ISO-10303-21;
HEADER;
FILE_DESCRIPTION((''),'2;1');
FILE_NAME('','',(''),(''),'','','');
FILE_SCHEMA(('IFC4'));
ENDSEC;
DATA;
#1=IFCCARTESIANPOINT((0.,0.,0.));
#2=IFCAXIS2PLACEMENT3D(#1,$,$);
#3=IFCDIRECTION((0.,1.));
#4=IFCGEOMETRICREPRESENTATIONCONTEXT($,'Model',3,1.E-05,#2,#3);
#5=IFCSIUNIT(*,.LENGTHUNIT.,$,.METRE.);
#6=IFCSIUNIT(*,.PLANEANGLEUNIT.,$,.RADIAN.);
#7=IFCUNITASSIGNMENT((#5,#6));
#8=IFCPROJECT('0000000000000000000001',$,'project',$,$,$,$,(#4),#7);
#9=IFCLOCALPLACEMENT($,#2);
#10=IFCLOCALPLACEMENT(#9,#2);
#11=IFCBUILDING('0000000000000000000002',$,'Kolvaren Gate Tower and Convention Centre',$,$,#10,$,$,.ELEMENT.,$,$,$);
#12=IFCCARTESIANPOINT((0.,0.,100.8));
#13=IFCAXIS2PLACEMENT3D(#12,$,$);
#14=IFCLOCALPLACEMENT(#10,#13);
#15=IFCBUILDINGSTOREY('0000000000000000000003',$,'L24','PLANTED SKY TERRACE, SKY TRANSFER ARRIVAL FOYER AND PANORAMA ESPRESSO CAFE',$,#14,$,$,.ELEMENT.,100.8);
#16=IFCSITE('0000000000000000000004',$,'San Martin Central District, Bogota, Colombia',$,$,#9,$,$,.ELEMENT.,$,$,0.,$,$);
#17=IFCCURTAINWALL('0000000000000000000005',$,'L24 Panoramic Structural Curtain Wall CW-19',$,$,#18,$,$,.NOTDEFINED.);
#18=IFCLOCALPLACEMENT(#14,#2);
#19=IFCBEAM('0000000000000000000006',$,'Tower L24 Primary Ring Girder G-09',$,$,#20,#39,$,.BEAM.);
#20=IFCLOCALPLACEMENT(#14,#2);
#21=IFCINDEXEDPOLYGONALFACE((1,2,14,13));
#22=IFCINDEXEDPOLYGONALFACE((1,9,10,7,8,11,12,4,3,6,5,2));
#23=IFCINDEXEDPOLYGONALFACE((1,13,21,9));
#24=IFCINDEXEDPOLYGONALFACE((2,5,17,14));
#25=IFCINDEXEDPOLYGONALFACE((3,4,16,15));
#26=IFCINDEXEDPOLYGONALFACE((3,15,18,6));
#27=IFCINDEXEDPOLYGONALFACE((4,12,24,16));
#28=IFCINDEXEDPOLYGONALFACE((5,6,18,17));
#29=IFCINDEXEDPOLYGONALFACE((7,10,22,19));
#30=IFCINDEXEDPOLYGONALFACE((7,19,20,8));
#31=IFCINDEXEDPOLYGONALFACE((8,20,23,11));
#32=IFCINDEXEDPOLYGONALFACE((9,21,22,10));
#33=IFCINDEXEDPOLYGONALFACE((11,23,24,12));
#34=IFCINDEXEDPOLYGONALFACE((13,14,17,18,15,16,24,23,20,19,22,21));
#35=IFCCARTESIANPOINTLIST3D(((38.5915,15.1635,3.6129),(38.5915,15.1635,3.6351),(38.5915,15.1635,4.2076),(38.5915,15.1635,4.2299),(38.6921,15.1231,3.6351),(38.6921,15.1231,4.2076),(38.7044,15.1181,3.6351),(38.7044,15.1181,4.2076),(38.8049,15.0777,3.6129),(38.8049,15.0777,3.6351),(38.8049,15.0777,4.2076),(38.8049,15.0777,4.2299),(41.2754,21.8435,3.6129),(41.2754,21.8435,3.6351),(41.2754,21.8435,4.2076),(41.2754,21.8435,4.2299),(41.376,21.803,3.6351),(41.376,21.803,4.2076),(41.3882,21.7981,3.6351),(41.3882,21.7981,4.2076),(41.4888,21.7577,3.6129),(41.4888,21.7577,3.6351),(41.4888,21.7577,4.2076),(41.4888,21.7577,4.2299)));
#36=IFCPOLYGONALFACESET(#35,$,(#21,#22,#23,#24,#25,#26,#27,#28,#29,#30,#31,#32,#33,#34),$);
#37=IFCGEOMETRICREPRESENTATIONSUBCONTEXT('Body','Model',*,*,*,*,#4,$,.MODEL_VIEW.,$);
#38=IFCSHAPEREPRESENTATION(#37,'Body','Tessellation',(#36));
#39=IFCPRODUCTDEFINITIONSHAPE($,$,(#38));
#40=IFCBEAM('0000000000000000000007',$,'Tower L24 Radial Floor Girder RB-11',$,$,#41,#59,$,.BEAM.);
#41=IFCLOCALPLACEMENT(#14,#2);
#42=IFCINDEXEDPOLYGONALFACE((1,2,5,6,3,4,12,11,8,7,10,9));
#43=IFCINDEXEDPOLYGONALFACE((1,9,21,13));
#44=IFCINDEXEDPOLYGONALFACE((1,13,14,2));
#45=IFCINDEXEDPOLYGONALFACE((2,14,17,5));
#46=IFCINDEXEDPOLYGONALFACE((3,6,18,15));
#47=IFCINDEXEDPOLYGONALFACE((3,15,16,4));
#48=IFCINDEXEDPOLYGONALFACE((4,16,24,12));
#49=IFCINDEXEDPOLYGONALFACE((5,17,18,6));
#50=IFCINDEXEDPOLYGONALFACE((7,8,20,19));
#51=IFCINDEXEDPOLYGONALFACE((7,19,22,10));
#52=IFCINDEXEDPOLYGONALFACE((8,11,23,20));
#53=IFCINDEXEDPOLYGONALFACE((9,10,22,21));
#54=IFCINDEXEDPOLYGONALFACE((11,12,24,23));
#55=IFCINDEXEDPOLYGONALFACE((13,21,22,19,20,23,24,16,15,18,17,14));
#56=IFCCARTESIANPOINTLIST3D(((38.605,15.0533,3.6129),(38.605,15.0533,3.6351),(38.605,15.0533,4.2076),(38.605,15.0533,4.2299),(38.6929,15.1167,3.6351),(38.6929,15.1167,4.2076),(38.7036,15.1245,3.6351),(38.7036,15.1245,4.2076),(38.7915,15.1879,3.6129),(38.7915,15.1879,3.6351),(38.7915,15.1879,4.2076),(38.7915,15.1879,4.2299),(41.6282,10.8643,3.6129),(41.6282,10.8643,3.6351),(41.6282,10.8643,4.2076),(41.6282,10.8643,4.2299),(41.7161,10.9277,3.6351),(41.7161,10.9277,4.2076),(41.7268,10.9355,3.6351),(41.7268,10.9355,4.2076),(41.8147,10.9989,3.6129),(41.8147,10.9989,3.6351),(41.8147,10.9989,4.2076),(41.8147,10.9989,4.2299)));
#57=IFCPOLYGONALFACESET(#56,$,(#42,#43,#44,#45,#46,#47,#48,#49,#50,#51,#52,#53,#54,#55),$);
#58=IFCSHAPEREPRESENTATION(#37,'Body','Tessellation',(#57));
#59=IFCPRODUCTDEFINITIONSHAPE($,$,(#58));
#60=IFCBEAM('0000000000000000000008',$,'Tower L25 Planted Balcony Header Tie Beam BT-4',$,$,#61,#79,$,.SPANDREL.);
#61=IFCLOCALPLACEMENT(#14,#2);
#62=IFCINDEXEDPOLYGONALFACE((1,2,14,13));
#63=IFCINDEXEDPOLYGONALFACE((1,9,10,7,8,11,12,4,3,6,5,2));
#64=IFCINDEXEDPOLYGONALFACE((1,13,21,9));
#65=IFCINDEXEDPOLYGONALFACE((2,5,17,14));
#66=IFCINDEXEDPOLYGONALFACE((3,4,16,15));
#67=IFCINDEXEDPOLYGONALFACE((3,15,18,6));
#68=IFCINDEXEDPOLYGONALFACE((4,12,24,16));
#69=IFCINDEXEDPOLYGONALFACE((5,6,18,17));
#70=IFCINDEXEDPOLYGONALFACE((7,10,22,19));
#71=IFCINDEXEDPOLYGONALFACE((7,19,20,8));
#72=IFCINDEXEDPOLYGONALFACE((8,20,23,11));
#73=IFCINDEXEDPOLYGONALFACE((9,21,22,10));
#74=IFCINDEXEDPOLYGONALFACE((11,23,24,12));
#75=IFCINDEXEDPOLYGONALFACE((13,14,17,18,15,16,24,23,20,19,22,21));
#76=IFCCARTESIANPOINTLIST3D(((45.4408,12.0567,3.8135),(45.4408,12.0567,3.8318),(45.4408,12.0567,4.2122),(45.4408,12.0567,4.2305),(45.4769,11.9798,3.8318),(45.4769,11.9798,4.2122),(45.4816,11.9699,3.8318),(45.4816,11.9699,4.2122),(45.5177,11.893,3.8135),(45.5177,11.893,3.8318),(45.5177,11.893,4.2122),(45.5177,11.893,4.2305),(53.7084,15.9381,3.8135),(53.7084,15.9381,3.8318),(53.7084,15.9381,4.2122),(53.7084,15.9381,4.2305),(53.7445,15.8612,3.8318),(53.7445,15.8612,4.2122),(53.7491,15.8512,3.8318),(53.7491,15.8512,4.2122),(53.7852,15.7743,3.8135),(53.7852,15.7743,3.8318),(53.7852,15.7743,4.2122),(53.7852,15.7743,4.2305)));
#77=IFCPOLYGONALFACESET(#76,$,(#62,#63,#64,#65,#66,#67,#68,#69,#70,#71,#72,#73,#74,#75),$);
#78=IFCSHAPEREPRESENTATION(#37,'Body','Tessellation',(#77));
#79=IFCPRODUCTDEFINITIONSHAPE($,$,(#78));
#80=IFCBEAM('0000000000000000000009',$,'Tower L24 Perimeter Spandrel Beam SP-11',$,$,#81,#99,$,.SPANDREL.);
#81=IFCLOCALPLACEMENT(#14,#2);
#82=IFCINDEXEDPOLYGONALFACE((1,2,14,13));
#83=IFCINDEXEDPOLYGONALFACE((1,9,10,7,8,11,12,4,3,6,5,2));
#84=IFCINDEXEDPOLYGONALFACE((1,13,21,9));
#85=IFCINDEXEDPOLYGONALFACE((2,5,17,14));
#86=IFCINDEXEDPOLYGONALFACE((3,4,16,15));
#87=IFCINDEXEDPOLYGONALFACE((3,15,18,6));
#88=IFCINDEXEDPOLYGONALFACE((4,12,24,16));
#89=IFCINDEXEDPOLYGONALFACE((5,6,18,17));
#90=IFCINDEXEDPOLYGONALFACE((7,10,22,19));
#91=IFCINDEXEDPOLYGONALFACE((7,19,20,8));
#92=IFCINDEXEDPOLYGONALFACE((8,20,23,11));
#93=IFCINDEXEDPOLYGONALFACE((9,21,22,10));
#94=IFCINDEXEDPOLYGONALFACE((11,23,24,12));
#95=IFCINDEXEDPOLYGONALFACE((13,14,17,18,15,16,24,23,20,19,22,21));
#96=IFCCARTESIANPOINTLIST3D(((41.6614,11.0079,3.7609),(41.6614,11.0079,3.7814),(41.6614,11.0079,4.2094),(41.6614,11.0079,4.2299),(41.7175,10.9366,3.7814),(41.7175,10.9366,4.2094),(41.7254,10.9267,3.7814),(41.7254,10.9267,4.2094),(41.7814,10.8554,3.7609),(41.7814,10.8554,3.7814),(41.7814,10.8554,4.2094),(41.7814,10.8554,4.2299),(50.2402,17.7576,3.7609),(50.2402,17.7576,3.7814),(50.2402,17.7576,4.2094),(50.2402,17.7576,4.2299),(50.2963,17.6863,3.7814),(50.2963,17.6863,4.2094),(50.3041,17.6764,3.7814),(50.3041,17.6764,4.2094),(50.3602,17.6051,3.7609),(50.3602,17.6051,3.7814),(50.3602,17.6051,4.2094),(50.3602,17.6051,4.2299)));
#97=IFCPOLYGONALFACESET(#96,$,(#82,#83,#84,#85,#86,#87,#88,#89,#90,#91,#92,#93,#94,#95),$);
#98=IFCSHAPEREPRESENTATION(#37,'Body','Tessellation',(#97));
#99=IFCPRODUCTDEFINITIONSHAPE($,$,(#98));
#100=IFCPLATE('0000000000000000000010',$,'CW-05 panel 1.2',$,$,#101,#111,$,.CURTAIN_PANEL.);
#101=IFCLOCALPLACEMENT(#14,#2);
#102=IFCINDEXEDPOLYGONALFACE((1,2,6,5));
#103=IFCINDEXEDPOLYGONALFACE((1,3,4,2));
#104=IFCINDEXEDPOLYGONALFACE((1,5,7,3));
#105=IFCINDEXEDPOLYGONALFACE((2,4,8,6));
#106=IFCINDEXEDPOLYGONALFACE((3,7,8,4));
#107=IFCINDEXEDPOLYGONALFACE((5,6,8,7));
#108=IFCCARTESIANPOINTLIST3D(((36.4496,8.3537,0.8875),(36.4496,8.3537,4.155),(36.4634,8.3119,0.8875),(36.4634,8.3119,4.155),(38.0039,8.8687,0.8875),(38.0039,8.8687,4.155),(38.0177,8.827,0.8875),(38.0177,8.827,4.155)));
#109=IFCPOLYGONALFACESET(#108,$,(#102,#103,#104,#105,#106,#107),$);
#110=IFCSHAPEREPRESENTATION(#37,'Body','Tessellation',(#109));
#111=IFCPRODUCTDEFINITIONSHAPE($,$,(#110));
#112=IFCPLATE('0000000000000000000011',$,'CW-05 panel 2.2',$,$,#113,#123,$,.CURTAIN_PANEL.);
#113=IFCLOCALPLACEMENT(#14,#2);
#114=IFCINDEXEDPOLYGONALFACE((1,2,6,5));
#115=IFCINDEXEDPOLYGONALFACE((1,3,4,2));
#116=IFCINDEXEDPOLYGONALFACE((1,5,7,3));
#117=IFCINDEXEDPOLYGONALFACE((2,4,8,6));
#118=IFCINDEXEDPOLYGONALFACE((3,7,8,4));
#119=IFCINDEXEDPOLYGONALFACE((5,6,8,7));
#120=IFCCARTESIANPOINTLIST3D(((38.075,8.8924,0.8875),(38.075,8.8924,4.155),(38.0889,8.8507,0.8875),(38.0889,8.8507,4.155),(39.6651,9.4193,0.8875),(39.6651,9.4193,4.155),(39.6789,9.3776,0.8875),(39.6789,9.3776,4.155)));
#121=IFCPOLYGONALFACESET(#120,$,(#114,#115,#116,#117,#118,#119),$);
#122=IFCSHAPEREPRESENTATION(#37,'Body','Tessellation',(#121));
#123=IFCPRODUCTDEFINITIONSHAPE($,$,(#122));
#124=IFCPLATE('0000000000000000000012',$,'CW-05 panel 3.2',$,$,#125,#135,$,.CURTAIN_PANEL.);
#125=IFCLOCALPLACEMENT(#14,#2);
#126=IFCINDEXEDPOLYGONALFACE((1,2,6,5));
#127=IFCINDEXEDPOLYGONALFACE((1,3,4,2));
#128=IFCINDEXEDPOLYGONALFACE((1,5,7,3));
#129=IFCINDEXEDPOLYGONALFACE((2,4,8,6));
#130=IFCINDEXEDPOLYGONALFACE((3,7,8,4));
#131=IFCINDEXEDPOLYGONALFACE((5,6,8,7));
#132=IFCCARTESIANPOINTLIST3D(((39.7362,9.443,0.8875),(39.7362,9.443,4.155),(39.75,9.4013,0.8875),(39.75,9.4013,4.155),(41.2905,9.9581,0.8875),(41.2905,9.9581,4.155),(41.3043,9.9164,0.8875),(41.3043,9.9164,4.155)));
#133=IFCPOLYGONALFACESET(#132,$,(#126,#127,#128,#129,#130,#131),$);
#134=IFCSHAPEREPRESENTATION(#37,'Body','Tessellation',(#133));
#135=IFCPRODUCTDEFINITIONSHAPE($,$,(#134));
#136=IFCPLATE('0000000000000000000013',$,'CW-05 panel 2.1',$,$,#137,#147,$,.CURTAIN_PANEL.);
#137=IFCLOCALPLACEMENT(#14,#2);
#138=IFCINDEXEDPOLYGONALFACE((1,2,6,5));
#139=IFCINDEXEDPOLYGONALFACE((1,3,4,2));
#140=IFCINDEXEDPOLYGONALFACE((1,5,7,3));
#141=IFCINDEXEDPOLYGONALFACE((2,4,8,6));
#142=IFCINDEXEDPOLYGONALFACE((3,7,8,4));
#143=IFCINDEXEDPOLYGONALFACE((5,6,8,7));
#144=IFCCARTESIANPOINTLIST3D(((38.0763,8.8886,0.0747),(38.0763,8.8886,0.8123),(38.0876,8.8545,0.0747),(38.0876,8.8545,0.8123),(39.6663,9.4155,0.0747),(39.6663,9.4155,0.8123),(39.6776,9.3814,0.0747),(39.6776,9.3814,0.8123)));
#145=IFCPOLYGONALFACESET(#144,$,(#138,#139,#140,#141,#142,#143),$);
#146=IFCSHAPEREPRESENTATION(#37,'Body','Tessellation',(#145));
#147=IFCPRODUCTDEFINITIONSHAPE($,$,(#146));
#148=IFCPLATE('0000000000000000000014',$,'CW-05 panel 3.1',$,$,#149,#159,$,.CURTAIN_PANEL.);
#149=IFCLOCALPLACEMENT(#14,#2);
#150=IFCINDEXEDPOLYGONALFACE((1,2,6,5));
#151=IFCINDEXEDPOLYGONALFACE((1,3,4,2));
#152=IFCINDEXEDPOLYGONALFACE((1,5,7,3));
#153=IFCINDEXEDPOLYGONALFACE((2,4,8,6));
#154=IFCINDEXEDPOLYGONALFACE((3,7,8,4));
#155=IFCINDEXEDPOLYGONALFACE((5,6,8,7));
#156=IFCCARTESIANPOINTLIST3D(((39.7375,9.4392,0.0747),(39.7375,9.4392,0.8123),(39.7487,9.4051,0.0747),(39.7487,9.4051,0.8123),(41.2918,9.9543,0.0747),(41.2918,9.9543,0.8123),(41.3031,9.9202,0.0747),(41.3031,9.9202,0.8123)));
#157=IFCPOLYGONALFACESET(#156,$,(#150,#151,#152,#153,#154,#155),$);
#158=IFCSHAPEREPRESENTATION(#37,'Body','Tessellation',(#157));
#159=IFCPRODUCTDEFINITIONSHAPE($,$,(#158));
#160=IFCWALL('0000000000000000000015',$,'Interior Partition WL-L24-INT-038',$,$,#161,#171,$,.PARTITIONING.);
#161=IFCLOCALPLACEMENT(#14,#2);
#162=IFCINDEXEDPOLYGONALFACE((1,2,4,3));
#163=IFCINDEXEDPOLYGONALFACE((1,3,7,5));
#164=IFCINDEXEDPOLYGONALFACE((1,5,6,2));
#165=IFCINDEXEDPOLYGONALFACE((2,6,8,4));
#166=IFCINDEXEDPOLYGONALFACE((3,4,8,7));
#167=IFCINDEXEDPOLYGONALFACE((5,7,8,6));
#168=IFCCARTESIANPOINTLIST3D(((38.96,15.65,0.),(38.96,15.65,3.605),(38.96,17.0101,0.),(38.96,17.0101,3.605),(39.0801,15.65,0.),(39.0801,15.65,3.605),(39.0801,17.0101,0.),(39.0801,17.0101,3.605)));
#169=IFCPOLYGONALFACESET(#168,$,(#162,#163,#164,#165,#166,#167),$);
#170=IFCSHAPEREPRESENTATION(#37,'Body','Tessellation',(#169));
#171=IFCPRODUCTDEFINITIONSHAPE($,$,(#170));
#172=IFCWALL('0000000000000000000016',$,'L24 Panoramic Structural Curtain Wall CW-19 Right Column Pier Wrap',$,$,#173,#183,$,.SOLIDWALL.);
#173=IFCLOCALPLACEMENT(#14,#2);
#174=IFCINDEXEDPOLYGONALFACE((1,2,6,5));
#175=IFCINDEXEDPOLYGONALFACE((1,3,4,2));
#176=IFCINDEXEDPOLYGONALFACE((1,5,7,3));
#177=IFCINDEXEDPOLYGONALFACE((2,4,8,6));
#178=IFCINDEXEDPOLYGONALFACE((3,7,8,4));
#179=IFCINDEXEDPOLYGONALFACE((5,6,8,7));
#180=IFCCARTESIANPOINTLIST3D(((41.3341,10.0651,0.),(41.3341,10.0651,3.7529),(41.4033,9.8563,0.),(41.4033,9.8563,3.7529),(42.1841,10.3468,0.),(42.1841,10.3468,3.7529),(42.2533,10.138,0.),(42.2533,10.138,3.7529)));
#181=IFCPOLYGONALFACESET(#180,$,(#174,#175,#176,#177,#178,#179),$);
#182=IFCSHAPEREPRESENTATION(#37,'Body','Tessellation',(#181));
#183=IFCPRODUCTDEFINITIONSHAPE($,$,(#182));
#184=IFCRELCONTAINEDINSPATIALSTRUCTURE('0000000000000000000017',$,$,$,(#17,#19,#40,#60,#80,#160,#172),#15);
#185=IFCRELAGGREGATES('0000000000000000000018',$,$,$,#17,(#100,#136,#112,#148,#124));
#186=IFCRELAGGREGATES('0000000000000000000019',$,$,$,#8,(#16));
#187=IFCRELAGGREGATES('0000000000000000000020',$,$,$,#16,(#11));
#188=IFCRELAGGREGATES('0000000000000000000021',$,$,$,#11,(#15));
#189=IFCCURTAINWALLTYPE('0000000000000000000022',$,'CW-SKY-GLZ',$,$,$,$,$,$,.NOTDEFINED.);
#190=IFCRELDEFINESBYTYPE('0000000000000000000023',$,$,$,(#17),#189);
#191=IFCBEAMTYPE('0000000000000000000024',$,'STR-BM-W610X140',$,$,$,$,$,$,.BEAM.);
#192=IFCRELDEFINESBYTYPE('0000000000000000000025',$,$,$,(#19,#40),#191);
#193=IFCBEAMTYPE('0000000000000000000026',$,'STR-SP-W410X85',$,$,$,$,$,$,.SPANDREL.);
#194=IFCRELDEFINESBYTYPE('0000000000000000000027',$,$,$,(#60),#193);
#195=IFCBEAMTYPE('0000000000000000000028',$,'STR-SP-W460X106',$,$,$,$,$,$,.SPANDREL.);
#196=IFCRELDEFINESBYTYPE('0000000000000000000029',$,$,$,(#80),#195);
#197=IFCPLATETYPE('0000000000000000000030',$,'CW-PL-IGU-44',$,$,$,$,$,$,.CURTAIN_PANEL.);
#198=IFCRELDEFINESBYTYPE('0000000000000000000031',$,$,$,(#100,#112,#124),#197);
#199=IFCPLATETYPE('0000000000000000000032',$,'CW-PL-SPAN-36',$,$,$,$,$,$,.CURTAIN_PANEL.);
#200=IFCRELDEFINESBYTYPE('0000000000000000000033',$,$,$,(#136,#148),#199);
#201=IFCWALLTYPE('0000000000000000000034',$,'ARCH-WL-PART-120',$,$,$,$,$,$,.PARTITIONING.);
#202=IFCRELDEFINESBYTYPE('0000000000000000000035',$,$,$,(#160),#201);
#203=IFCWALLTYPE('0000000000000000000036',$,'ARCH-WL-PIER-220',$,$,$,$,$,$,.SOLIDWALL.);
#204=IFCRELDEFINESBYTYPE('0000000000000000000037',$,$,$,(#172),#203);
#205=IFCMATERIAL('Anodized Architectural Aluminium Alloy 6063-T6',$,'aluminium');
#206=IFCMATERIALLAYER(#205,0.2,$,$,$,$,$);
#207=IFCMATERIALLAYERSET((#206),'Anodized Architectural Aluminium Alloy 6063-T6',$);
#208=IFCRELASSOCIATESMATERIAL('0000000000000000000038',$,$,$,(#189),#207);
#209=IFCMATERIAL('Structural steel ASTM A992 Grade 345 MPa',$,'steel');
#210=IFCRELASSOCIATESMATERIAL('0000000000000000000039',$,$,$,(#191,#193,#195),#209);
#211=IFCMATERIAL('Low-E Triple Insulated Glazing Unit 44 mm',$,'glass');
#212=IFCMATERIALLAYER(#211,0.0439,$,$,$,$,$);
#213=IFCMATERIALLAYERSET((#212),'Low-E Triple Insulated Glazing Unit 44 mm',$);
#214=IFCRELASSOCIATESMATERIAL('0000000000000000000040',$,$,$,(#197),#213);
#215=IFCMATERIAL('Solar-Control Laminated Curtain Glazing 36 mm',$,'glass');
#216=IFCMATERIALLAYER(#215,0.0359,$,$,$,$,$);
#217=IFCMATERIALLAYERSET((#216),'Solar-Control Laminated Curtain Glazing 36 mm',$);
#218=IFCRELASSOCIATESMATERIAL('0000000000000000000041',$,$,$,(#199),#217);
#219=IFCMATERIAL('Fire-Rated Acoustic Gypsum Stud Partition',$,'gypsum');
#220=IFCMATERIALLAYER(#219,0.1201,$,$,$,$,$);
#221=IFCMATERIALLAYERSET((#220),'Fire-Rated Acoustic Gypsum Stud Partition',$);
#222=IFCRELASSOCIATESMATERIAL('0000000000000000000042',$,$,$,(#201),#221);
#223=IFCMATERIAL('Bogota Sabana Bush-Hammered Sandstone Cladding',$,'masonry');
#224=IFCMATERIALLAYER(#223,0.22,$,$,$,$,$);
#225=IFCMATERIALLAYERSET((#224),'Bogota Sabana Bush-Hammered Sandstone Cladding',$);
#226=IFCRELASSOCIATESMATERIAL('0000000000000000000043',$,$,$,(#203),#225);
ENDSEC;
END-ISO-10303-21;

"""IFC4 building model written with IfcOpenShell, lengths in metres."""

from ifc_helpers import new_model, si_unit, direction, frame, frame_2d, origin, origin_2d, place, context, subcontext, project, spatial, rectangle, i_section, extrude, material, layer, layer_set, material_profile, profile_set, type_object, element, aggregate, save


model = new_model("IFC4")

# Units and contexts
model_context = context("Model", 3, precision=1e-05, world=origin(), true_north=direction((0.0, 1.0)))
body_context = subcontext(model_context, "Body", "Model", "MODEL_VIEW")
ifc_project = project(units=[si_unit("LENGTHUNIT", "METRE"), si_unit("PLANEANGLEUNIT", "RADIAN")], contexts=[model_context])

# Site, building, storey
site_placement = place(None, origin())
site = spatial("IfcSite", under=ifc_project, at=site_placement, Name="San Martin Central District, Bogota, Colombia", CompositionType="ELEMENT", RefElevation=0.0)
building_placement = place(site_placement, origin())
building = spatial("IfcBuilding", under=site, at=building_placement, Name="Kolvaren Gate Tower and Convention Centre", CompositionType="ELEMENT")
storey_placement = place(building_placement, frame((0.0, 0.0, 100.8)))
storey = spatial("IfcBuildingStorey", under=building, at=storey_placement, Name="L24", Description="PLANTED SKY TERRACE, SKY TRANSFER ARRIVAL FOYER AND PANORAMA ESPRESSO CAFE", CompositionType="ELEMENT", Elevation=100.8)

# Curtain wall
ifc_material_1 = material(Name="Anodized Architectural Aluminium Alloy 6063-T6", Category="aluminium")
ifc_layer_1 = layer(ifc_material_1, 0.2)
ifc_layer_set_1 = layer_set([ifc_layer_1], Name="Anodized Architectural Aluminium Alloy 6063-T6")
curtain_wall_type = type_object("IfcCurtainWallType", Name="CW-SKY-GLZ", PredefinedType="NOTDEFINED", material=ifc_layer_set_1)
curtain_wall_placement = place(storey_placement, origin())
curtain_wall = element("IfcCurtainWall", 1, at=curtain_wall_placement, inside=storey, type_object=curtain_wall_type, Name="L24 Panoramic Structural Curtain Wall CW-19", PredefinedType="NOTDEFINED")

# Beams
ifc_material_2 = material(Name="Structural steel ASTM A992 Grade 345 MPa", Category="steel")
ifc_material_profile_1 = material_profile(ifc_material_2, i_section(OverallWidth=0.23, OverallDepth=0.6169, WebThickness=0.0132, FlangeThickness=0.0222, at=origin_2d()), Name="W610X140")
ifc_profile_set_1 = profile_set([ifc_material_profile_1], Name="Structural steel ASTM A992 Grade 345 MPa")
beam_type_1 = type_object("IfcBeamType", Name="STR-BM-W610X140", PredefinedType="BEAM", material=ifc_profile_set_1)
beam_1_placement = place(storey_placement, frame((38.6982, 15.1206, 3.9214), z_axis=(0.372811, 0.927907, 0.0), x_axis=(-0.927907, 0.372811, 0.0)))
element("IfcBeam", 2, at=beam_1_placement, inside=storey, type_object=beam_type_1, Name="Tower L24 Primary Ring Girder G-09", PredefinedType="BEAM", context=body_context, shape_type="SweptSolid", body=[
    extrude(i_section(OverallWidth=0.23, OverallDepth=0.6169, WebThickness=0.0132, FlangeThickness=0.0222, at=origin_2d()), origin(), (0.0, 0.0, 1.0), 7.199),
])
beam_2_placement = place(storey_placement, frame((38.6982, 15.1206, 3.9214), z_axis=(0.585214, -0.810879, 0.0), x_axis=(0.810879, 0.585214, 0.0)))
element("IfcBeam", 3, at=beam_2_placement, inside=storey, type_object=beam_type_1, Name="Tower L24 Radial Floor Girder RB-11", PredefinedType="BEAM", context=body_context, shape_type="SweptSolid", body=[
    extrude(i_section(OverallWidth=0.23, OverallDepth=0.6169, WebThickness=0.0132, FlangeThickness=0.0222, at=origin_2d()), origin(), (0.0, 0.0, 1.0), 5.166),
])
ifc_material_profile_2 = material_profile(ifc_material_2, i_section(OverallWidth=0.1809, OverallDepth=0.417, WebThickness=0.011, FlangeThickness=0.0183, at=origin_2d()), Name="W410X85")
ifc_profile_set_2 = profile_set([ifc_material_profile_2], Name="Structural steel ASTM A992 Grade 345 MPa")
beam_type_2 = type_object("IfcBeamType", Name="STR-SP-W410X85", PredefinedType="SPANDREL", material=ifc_profile_set_2)
beam_3_placement = place(storey_placement, frame((45.4792, 11.9749, 4.022), z_axis=(0.90521, 0.424965, 0.0), x_axis=(-0.424965, 0.90521, 0.0)))
element("IfcBeam", 4, at=beam_3_placement, inside=storey, type_object=beam_type_2, Name="Tower L25 Planted Balcony Header Tie Beam BT-4", PredefinedType="SPANDREL", context=body_context, shape_type="SweptSolid", body=[
    extrude(i_section(OverallWidth=0.1809, OverallDepth=0.417, WebThickness=0.011, FlangeThickness=0.0183, at=origin_2d()), origin(), (0.0, 0.0, 1.0), 9.1333),
])
ifc_material_profile_3 = material_profile(ifc_material_2, i_section(OverallWidth=0.1941, OverallDepth=0.469, WebThickness=0.0127, FlangeThickness=0.0205, at=origin_2d()), Name="W460X106")
ifc_profile_set_3 = profile_set([ifc_material_profile_3], Name="Structural steel ASTM A992 Grade 345 MPa")
beam_type_3 = type_object("IfcBeamType", Name="STR-SP-W460X106", PredefinedType="SPANDREL", material=ifc_profile_set_3)
beam_4_placement = place(storey_placement, frame((41.7214, 10.9316, 3.9954), z_axis=(0.785908, 0.618344, 0.0), x_axis=(-0.618344, 0.785908, 0.0)))
element("IfcBeam", 5, at=beam_4_placement, inside=storey, type_object=beam_type_3, Name="Tower L24 Perimeter Spandrel Beam SP-11", PredefinedType="SPANDREL", context=body_context, shape_type="SweptSolid", body=[
    extrude(i_section(OverallWidth=0.1941, OverallDepth=0.469, WebThickness=0.0127, FlangeThickness=0.0205, at=origin_2d()), origin(), (0.0, 0.0, 1.0), 10.9158),
])

# Plates
ifc_material_3 = material(Name="Low-E Triple Insulated Glazing Unit 44 mm", Category="glass")
ifc_layer_2 = layer(ifc_material_3, 0.0439)
ifc_layer_set_2 = layer_set([ifc_layer_2], Name="Low-E Triple Insulated Glazing Unit 44 mm")
plate_type_1 = type_object("IfcPlateType", Name="CW-PL-IGU-44", PredefinedType="CURTAIN_PANEL", material=ifc_layer_set_2)
plate_1_placement = place(storey_placement, frame((37.2336, 8.5903, 0.8875), z_axis=(0.0, 0.0, 1.0), x_axis=(0.94924, 0.314553, 0.0)))
plate_1 = element("IfcPlate", 6, at=plate_1_placement, type_object=plate_type_1, Name="CW-05 panel 1.2", PredefinedType="CURTAIN_PANEL", context=body_context, shape_type="SweptSolid", body=[
    extrude(rectangle(XDim=1.6375, YDim=0.0439, at=origin_2d()), origin(), (0.0, 0.0, 1.0), 3.2676),
])
plate_2_placement = place(storey_placement, frame((38.877, 9.135, 0.8875), z_axis=(0.0, 0.0, 1.0), x_axis=(0.94924, 0.314553, 0.0)))
plate_2 = element("IfcPlate", 7, at=plate_2_placement, type_object=plate_type_1, Name="CW-05 panel 2.2", PredefinedType="CURTAIN_PANEL", context=body_context, shape_type="SweptSolid", body=[
    extrude(rectangle(XDim=1.675, YDim=0.0439, at=origin_2d()), origin(), (0.0, 0.0, 1.0), 3.2676),
])
plate_3_placement = place(storey_placement, frame((40.5203, 9.6797, 0.8875), z_axis=(0.0, 0.0, 1.0), x_axis=(0.94924, 0.314553, 0.0)))
plate_3 = element("IfcPlate", 8, at=plate_3_placement, type_object=plate_type_1, Name="CW-05 panel 3.2", PredefinedType="CURTAIN_PANEL", context=body_context, shape_type="SweptSolid", body=[
    extrude(rectangle(XDim=1.6375, YDim=0.0439, at=origin_2d()), origin(), (0.0, 0.0, 1.0), 3.2676),
])
ifc_material_4 = material(Name="Solar-Control Laminated Curtain Glazing 36 mm", Category="glass")
ifc_layer_3 = layer(ifc_material_4, 0.0359)
ifc_layer_set_3 = layer_set([ifc_layer_3], Name="Solar-Control Laminated Curtain Glazing 36 mm")
plate_type_2 = type_object("IfcPlateType", Name="CW-PL-SPAN-36", PredefinedType="CURTAIN_PANEL", material=ifc_layer_set_3)
plate_4_placement = place(storey_placement, frame((38.877, 9.135, 0.0747), z_axis=(0.0, 0.0, 1.0), x_axis=(0.94924, 0.314553, 0.0)))
plate_4 = element("IfcPlate", 9, at=plate_4_placement, type_object=plate_type_2, Name="CW-05 panel 2.1", PredefinedType="CURTAIN_PANEL", context=body_context, shape_type="SweptSolid", body=[
    extrude(rectangle(XDim=1.675, YDim=0.0359, at=origin_2d()), origin(), (0.0, 0.0, 1.0), 0.7375),
])
plate_5_placement = place(storey_placement, frame((40.5203, 9.6797, 0.0747), z_axis=(0.0, 0.0, 1.0), x_axis=(0.94924, 0.314553, 0.0)))
plate_5 = element("IfcPlate", 10, at=plate_5_placement, type_object=plate_type_2, Name="CW-05 panel 3.1", PredefinedType="CURTAIN_PANEL", context=body_context, shape_type="SweptSolid", body=[
    extrude(rectangle(XDim=1.6375, YDim=0.0359, at=origin_2d()), origin(), (0.0, 0.0, 1.0), 0.7375),
])
aggregate(curtain_wall, [plate_1, plate_4, plate_2, plate_5, plate_3])

# Walls
ifc_material_5 = material(Name="Fire-Rated Acoustic Gypsum Stud Partition", Category="gypsum")
ifc_layer_4 = layer(ifc_material_5, 0.1201)
ifc_layer_set_4 = layer_set([ifc_layer_4], Name="Fire-Rated Acoustic Gypsum Stud Partition")
wall_type_1 = type_object("IfcWallType", Name="ARCH-WL-PART-120", PredefinedType="PARTITIONING", material=ifc_layer_set_4)
wall_1_placement = place(storey_placement, frame((39.02, 15.6499, 0.0), z_axis=(0.0, 0.0, 1.0), x_axis=(0.0, 1.0, 0.0)))
element("IfcWall", 11, at=wall_1_placement, inside=storey, type_object=wall_type_1, Name="Interior Partition WL-L24-INT-038", PredefinedType="PARTITIONING", context=body_context, shape_type="SweptSolid", body=[
    extrude(rectangle(XDim=1.3601, YDim=0.1201, at=frame_2d((0.6802, 0.0))), origin(), (0.0, 0.0, 1.0), 3.605),
])
ifc_material_6 = material(Name="Bogota Sabana Bush-Hammered Sandstone Cladding", Category="masonry")
ifc_layer_5 = layer(ifc_material_6, 0.22)
ifc_layer_set_5 = layer_set([ifc_layer_5], Name="Bogota Sabana Bush-Hammered Sandstone Cladding")
wall_type_2 = type_object("IfcWallType", Name="ARCH-WL-PIER-220", PredefinedType="SOLIDWALL", material=ifc_layer_set_5)
wall_2_placement = place(storey_placement, frame((41.3687, 9.9607, 0.0), z_axis=(0.0, 0.0, 1.0), x_axis=(0.949227, 0.314592, 0.0)))
element("IfcWall", 12, at=wall_2_placement, inside=storey, type_object=wall_type_2, Name="L24 Panoramic Structural Curtain Wall CW-19 Right Column Pier Wrap", PredefinedType="SOLIDWALL", context=body_context, shape_type="SweptSolid", body=[
    extrude(rectangle(XDim=0.8955, YDim=0.22, at=frame_2d((0.4478, 0.0))), origin(), (0.0, 0.0, 1.0), 3.7529),
])

save(model, "model.ifc")
